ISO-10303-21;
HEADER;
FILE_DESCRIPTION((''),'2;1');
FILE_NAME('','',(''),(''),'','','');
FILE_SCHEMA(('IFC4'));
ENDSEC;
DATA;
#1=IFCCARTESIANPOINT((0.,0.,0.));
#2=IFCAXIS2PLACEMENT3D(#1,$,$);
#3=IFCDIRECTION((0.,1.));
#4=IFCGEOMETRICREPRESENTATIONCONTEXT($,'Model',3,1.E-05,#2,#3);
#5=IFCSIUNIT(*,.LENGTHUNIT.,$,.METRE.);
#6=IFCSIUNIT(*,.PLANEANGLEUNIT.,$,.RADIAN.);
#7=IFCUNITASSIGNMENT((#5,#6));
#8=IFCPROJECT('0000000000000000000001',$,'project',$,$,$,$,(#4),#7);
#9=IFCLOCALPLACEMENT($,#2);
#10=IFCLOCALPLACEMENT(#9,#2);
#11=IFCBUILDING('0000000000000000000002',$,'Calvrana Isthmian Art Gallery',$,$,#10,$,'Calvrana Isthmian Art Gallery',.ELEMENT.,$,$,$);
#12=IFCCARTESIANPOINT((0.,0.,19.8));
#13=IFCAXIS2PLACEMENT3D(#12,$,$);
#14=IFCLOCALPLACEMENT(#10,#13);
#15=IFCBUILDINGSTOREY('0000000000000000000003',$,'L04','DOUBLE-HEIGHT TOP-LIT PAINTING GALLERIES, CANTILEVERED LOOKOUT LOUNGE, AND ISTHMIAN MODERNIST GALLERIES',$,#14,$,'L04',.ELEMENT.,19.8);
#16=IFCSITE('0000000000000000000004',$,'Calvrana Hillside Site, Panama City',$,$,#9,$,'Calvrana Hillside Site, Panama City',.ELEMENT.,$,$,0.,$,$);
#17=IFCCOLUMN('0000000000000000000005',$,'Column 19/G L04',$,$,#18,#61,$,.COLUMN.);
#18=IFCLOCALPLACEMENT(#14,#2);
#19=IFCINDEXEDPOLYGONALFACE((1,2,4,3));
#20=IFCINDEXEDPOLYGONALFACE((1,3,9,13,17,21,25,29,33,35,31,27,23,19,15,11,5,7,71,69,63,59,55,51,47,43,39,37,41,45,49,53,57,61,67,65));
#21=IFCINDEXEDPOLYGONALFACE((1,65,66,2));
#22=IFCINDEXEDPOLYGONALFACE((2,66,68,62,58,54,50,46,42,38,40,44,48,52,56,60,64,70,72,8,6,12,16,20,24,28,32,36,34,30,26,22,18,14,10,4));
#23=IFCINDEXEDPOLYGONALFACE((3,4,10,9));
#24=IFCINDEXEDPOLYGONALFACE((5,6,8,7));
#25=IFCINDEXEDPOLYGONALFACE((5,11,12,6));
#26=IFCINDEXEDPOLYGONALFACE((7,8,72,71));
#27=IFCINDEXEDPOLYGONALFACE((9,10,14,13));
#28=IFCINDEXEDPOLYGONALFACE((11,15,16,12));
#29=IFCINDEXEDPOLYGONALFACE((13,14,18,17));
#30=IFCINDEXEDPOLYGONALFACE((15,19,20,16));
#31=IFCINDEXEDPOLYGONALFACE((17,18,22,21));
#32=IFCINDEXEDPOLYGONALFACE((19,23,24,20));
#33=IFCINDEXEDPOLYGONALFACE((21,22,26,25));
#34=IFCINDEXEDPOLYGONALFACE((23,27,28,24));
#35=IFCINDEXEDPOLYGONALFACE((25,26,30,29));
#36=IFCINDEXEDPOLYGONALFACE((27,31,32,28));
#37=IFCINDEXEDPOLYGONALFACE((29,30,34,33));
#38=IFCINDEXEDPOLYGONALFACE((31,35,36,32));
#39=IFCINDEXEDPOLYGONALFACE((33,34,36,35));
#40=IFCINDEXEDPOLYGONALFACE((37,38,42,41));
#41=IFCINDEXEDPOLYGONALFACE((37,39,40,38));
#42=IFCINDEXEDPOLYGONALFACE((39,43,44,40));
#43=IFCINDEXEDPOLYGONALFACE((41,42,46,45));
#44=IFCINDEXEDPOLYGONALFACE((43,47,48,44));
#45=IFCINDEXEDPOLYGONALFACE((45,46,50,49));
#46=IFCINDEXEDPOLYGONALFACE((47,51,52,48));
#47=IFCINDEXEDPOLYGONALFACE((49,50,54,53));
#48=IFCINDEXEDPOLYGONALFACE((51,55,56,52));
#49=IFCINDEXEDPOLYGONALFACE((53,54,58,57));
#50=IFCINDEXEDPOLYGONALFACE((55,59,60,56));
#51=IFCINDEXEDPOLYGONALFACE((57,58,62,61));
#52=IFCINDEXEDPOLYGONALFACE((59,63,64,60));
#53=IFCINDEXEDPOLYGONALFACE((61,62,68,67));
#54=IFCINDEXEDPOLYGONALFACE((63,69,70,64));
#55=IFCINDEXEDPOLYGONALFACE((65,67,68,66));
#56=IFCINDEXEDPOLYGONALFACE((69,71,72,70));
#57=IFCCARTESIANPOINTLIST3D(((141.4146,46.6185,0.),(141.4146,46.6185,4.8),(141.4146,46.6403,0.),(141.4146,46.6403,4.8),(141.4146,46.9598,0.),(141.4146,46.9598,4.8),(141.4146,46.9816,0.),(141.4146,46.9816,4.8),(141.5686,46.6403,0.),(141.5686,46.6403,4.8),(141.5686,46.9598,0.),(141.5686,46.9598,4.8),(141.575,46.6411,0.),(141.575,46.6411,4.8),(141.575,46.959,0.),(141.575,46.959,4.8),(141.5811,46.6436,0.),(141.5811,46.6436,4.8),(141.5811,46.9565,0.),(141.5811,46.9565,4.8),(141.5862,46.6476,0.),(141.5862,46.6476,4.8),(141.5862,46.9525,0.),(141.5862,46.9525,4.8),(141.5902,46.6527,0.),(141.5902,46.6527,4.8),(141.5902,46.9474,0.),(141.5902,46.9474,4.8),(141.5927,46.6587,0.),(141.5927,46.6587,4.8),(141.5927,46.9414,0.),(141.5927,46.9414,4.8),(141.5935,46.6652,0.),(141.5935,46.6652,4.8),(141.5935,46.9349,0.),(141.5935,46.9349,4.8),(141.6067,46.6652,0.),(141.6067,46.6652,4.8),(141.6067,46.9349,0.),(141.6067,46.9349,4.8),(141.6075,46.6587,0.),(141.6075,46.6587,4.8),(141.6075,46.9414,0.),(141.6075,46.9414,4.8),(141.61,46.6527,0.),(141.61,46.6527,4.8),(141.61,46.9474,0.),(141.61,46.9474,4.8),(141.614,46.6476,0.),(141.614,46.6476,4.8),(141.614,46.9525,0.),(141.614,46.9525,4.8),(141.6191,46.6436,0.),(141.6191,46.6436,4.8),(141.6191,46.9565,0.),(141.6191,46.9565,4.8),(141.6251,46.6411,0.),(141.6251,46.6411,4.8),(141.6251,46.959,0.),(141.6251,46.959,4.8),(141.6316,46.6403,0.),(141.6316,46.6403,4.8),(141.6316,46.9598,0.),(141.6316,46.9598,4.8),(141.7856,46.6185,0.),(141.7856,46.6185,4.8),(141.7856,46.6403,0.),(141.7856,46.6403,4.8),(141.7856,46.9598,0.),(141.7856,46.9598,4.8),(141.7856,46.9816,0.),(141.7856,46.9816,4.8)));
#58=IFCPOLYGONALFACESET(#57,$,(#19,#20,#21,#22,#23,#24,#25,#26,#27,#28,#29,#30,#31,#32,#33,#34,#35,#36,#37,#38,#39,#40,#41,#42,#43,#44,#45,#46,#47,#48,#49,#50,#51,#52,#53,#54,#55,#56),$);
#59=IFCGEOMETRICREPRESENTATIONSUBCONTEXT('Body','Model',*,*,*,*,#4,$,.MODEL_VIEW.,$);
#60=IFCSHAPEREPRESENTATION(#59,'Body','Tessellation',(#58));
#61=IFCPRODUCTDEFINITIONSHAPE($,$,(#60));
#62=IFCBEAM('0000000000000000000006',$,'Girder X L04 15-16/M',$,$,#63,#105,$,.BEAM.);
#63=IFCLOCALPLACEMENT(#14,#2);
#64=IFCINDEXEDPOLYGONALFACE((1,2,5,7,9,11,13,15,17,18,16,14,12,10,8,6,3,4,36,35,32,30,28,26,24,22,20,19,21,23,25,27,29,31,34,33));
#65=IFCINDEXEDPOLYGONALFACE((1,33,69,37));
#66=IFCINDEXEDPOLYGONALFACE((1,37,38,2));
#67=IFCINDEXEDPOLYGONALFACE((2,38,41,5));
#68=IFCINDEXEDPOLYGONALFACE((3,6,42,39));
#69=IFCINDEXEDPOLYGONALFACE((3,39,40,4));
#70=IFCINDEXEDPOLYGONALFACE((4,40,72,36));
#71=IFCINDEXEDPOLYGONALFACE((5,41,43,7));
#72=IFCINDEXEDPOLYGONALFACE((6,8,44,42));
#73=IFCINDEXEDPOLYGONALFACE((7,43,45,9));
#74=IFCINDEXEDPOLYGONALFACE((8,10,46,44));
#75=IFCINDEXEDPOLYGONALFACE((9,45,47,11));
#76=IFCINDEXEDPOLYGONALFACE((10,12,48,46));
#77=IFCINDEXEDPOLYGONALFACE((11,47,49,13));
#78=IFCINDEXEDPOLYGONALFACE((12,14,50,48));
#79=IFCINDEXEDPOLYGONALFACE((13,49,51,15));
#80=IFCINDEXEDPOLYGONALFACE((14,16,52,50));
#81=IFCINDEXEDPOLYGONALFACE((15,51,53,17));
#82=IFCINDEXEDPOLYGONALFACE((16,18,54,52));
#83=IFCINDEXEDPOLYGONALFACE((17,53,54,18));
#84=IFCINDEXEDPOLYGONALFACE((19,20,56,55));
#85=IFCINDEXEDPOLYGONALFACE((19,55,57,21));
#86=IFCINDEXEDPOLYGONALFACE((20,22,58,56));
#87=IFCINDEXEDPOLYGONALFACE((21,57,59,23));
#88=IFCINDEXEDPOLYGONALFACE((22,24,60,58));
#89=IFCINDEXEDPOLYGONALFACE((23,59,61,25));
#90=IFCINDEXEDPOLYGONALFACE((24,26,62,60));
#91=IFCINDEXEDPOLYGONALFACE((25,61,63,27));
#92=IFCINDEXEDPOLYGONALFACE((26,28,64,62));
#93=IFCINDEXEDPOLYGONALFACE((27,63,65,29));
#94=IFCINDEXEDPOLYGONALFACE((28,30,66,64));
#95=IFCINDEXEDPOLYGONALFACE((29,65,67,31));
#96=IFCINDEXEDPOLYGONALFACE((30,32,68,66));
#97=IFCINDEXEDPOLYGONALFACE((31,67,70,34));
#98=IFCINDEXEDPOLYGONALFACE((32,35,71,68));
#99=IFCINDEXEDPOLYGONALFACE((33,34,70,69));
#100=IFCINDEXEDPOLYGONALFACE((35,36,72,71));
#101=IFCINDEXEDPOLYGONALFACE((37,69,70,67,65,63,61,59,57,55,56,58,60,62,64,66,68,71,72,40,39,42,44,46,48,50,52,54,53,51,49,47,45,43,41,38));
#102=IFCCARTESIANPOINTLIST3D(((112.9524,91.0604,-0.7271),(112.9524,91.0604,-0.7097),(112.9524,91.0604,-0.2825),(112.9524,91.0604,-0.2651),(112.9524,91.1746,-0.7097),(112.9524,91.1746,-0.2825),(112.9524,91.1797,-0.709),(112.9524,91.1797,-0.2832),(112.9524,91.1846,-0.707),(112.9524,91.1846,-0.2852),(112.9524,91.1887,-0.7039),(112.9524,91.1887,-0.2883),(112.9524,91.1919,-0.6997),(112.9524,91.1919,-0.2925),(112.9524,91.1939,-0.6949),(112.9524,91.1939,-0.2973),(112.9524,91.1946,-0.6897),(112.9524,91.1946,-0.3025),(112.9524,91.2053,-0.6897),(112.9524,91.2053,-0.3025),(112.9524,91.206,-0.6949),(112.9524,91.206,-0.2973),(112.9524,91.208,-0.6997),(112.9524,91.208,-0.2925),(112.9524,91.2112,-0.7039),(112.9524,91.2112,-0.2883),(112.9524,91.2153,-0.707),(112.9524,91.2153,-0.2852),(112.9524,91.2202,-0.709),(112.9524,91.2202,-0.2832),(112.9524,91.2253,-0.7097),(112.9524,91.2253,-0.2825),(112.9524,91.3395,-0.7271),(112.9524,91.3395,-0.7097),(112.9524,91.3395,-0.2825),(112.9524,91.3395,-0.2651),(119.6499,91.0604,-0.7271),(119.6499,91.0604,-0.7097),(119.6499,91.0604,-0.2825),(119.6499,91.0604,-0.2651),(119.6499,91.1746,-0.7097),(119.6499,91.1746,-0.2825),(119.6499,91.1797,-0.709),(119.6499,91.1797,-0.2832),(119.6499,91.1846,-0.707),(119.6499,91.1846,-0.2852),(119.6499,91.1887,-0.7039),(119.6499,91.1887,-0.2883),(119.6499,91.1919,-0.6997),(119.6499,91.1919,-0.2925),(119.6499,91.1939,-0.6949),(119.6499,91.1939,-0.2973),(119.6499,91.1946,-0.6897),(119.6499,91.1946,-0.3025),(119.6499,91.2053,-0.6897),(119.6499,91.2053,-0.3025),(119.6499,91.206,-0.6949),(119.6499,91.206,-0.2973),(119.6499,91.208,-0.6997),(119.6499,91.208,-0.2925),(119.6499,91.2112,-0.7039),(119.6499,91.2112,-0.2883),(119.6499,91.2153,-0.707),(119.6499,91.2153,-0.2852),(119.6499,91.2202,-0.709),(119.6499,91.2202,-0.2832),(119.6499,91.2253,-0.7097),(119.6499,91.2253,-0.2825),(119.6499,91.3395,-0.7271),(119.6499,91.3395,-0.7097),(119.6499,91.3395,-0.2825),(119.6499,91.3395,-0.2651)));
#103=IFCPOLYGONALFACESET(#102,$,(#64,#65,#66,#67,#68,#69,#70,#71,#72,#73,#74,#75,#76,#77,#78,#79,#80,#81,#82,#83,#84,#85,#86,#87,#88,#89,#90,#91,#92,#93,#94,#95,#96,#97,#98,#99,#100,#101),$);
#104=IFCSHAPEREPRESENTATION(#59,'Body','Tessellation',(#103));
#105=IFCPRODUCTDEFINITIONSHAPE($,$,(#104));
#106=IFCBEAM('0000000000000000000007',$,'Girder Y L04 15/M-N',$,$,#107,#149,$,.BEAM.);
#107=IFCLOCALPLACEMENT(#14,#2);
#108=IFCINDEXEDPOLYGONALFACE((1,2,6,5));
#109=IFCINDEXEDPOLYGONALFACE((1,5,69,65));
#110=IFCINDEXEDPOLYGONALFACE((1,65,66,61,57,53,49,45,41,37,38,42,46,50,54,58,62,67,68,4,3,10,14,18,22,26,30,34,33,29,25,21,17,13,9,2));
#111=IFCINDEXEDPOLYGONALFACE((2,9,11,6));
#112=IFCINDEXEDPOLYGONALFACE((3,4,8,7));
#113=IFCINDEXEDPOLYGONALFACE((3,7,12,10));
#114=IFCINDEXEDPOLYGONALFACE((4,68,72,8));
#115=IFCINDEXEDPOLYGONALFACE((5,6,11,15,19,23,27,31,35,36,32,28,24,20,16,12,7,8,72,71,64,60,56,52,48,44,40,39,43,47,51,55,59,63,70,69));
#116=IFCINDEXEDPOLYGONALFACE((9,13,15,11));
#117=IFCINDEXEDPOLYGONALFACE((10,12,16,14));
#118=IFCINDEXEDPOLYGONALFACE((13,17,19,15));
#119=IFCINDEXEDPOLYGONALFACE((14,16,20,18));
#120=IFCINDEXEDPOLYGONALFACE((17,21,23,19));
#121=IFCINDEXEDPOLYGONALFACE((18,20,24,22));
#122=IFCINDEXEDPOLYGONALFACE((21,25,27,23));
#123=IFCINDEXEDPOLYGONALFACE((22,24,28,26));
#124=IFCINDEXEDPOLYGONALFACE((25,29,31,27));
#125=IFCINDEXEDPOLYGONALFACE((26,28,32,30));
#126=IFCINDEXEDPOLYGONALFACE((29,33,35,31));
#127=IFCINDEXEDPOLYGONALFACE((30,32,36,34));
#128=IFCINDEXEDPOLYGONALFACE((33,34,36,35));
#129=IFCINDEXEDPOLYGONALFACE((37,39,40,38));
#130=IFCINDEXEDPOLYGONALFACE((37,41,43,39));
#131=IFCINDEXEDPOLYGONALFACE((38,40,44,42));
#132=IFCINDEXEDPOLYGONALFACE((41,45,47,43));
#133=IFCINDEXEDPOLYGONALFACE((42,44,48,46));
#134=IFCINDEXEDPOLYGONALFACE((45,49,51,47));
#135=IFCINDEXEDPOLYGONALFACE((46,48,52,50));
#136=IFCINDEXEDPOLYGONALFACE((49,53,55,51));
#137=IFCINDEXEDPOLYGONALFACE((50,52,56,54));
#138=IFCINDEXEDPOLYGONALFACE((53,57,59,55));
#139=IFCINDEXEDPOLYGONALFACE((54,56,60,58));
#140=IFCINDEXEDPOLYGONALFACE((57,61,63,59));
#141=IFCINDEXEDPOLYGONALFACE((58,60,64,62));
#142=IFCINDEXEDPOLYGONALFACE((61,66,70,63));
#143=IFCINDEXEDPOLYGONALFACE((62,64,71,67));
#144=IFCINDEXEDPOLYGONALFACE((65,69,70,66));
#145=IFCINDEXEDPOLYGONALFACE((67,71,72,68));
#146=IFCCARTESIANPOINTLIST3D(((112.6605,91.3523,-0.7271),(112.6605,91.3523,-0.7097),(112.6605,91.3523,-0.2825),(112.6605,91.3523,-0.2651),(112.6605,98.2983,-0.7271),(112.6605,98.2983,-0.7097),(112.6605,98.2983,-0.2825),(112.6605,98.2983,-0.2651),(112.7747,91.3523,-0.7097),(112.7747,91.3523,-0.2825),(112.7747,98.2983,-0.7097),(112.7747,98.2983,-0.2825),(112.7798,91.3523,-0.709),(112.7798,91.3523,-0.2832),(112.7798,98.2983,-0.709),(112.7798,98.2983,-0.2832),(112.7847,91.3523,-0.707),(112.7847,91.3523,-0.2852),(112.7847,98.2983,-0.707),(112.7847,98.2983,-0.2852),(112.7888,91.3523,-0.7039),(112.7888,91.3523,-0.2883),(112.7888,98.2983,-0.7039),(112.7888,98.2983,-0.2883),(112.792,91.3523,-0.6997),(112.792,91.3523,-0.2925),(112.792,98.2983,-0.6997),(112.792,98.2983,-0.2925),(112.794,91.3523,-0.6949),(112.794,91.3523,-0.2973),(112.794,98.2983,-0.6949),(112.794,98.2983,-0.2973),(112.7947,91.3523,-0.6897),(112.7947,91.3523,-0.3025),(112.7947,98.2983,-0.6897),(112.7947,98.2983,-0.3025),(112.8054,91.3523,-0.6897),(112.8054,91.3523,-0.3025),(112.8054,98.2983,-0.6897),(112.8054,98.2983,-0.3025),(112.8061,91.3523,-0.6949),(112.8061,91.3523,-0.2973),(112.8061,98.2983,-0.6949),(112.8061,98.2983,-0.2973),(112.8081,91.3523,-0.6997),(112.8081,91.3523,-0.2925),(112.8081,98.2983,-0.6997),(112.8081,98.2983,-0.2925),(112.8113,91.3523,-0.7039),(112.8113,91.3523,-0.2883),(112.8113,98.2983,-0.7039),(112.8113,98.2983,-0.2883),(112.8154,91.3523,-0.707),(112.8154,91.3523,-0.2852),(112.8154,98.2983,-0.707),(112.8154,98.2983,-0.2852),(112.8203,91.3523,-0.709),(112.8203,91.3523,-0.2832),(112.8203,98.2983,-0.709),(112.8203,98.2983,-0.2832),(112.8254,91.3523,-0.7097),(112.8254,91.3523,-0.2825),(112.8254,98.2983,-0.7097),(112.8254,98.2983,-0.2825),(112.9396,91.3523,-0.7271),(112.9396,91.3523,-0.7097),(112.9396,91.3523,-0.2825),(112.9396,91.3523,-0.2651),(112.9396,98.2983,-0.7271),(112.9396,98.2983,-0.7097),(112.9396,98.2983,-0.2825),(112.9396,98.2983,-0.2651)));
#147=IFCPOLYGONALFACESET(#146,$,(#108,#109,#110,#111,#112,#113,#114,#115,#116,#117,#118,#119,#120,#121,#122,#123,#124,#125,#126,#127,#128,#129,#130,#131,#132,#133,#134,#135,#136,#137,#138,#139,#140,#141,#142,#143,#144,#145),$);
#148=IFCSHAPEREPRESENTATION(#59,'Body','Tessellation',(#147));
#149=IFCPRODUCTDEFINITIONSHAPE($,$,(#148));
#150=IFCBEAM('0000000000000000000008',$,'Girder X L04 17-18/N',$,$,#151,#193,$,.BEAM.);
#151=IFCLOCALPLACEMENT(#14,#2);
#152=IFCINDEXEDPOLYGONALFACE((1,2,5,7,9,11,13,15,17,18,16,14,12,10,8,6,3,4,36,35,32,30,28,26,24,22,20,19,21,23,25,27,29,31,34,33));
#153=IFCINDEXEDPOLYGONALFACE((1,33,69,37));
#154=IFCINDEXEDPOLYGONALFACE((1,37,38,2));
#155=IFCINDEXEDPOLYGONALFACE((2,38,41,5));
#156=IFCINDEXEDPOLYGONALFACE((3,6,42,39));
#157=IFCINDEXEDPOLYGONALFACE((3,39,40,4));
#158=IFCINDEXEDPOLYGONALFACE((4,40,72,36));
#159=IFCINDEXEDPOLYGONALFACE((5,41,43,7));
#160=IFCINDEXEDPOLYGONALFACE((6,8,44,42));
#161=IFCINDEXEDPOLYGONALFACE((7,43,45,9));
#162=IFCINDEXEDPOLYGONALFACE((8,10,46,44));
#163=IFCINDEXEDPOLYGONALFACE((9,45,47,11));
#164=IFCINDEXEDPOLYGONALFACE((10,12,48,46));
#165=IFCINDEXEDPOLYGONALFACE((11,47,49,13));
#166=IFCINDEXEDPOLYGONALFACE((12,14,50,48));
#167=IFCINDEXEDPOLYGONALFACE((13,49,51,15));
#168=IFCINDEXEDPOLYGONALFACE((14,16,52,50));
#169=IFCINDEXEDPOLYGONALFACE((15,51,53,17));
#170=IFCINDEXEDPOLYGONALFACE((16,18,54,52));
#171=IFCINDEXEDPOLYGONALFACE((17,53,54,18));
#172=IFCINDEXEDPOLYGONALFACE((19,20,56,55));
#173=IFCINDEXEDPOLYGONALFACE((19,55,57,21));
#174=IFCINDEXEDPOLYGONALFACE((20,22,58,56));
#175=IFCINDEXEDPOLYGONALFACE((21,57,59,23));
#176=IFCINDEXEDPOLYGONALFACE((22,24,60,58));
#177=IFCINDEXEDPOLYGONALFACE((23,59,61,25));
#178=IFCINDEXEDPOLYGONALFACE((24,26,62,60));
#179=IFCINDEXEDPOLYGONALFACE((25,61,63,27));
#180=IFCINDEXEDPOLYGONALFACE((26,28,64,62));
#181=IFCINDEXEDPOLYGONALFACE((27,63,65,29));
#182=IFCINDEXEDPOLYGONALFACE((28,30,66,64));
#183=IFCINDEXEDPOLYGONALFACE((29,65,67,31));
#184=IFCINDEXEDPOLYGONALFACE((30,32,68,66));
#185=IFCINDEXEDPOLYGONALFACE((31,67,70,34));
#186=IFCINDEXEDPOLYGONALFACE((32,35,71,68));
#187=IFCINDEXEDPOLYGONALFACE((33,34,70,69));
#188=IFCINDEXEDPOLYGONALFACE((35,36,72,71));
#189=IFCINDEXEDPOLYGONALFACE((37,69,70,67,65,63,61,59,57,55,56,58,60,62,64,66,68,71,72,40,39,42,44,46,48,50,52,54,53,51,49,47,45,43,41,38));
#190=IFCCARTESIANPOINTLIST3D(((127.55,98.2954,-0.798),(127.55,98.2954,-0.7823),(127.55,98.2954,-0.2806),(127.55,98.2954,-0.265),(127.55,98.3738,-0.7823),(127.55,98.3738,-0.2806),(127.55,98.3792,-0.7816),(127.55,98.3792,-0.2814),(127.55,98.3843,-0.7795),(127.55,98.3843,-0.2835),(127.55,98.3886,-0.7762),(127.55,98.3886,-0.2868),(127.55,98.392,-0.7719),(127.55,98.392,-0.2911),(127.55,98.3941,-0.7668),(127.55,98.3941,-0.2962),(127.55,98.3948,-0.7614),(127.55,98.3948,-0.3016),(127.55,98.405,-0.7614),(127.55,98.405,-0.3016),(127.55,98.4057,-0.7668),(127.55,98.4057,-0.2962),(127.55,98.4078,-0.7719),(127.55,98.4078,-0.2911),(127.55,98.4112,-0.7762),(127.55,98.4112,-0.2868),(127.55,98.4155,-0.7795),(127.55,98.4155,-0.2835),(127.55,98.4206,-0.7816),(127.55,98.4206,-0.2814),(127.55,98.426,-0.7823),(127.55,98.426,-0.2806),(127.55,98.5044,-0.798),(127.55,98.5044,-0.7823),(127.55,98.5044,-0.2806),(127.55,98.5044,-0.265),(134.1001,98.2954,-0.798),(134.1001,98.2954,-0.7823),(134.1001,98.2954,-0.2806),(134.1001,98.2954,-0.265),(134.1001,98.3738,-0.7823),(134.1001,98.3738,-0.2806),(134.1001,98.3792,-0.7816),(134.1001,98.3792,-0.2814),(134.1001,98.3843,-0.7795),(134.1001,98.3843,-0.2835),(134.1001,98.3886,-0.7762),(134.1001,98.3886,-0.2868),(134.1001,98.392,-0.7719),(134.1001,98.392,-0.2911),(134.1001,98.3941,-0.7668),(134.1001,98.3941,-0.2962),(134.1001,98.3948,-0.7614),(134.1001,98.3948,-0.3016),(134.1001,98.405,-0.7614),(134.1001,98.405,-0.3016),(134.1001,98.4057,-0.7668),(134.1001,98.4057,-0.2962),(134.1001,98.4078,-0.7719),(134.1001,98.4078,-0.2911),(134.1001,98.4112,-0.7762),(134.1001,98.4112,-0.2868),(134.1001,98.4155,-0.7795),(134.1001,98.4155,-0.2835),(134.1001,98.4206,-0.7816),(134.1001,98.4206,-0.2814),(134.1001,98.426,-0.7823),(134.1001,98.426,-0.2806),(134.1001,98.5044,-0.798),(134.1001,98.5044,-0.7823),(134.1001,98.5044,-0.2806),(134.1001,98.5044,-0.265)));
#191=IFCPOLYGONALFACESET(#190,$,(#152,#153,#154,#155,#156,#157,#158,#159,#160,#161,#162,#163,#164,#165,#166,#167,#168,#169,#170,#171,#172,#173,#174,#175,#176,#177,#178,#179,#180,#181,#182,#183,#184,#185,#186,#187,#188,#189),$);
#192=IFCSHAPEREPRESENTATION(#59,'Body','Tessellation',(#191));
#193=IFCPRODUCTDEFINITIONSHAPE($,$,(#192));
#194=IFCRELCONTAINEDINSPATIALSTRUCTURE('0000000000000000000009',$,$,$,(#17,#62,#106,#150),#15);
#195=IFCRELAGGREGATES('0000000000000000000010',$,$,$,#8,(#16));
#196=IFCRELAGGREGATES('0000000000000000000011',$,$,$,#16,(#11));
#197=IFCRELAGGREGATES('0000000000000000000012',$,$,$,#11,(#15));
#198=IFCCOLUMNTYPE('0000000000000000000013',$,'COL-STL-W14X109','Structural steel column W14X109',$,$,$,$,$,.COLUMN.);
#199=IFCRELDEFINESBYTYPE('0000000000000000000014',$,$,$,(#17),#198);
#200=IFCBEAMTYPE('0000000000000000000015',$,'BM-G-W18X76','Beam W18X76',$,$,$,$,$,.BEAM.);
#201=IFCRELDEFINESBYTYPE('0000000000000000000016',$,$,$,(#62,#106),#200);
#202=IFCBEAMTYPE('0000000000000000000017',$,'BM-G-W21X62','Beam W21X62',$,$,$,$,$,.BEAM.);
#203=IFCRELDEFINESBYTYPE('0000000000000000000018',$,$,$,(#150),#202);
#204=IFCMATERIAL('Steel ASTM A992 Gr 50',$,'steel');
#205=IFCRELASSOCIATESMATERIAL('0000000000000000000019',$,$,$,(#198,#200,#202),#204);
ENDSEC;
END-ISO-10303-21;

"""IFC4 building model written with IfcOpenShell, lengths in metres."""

from ifc_helpers import new_model, si_unit, direction, frame, origin, origin_2d, place, context, subcontext, project, spatial, i_section, extrude, material, material_profile, profile_set, type_object, element, save


model = new_model("IFC4")

# Units and contexts
model_context = context("Model", 3, precision=1e-05, world=origin(), true_north=direction((0.0, 1.0)))
body_context = subcontext(model_context, "Body", "Model", "MODEL_VIEW")
ifc_project = project(units=[si_unit("LENGTHUNIT", "METRE"), si_unit("PLANEANGLEUNIT", "RADIAN")], contexts=[model_context])

# Site, building, storey
site_placement = place(None, origin())
site = spatial("IfcSite", under=ifc_project, at=site_placement, Name="Calvrana Hillside Site, Panama City", LongName="Calvrana Hillside Site, Panama City", CompositionType="ELEMENT", RefElevation=0.0)
building_placement = place(site_placement, origin())
building = spatial("IfcBuilding", under=site, at=building_placement, Name="Calvrana Isthmian Art Gallery", LongName="Calvrana Isthmian Art Gallery", CompositionType="ELEMENT")
storey_placement = place(building_placement, frame((0.0, 0.0, 19.8)))
storey = spatial("IfcBuildingStorey", under=building, at=storey_placement, Name="L04", Description="DOUBLE-HEIGHT TOP-LIT PAINTING GALLERIES, CANTILEVERED LOOKOUT LOUNGE, AND ISTHMIAN MODERNIST GALLERIES", LongName="L04", CompositionType="ELEMENT", Elevation=19.8)

# Column
ifc_material_1 = material(Name="Steel ASTM A992 Gr 50", Category="steel")
ifc_material_profile_1 = material_profile(ifc_material_1, i_section(OverallWidth=0.3711, OverallDepth=0.363, WebThickness=0.0132, FlangeThickness=0.0217, FilletRadius=0.0249, at=origin_2d()), Name="W14X109")
ifc_profile_set_1 = profile_set([ifc_material_profile_1], Name="Steel ASTM A992 Gr 50")
column_type = type_object("IfcColumnType", Name="COL-STL-W14X109", Description="Structural steel column W14X109", PredefinedType="COLUMN", material=ifc_profile_set_1)
column_placement = place(storey_placement, frame((141.6001, 46.8, 0.0), z_axis=(0.0, 0.0, 1.0), x_axis=(1.0, 0.0, 0.0)))
element("IfcColumn", 1, at=column_placement, inside=storey, type_object=column_type, Name="Column 19/G L04", PredefinedType="COLUMN", context=body_context, shape_type="SweptSolid", body=[
    extrude(i_section(OverallWidth=0.3711, OverallDepth=0.363, WebThickness=0.0132, FlangeThickness=0.0217, FilletRadius=0.0249, at=origin_2d()), origin(), (0.0, 0.0, 1.0), 4.8),
])

# Beams
ifc_material_profile_2 = material_profile(ifc_material_1, i_section(OverallWidth=0.2791, OverallDepth=0.4619, WebThickness=0.0107, FlangeThickness=0.0173, FilletRadius=0.02, at=origin_2d()), Name="W18X76")
ifc_profile_set_2 = profile_set([ifc_material_profile_2], Name="Steel ASTM A992 Gr 50")
beam_type_1 = type_object("IfcBeamType", Name="BM-G-W18X76", Description="Beam W18X76", PredefinedType="BEAM", material=ifc_profile_set_2)
beam_1_placement = place(storey_placement, frame((112.9524, 91.2, -0.4961), z_axis=(1.0, 0.0, 0.0), x_axis=(0.0, 1.0, 0.0)))
element("IfcBeam", 2, at=beam_1_placement, inside=storey, type_object=beam_type_1, Name="Girder X L04 15-16/M", PredefinedType="BEAM", context=body_context, shape_type="SweptSolid", body=[
    extrude(i_section(OverallWidth=0.2791, OverallDepth=0.4619, WebThickness=0.0107, FlangeThickness=0.0173, FilletRadius=0.02, at=origin_2d()), origin(), (0.0, 0.0, 1.0), 6.6975),
])
beam_2_placement = place(storey_placement, frame((112.8, 91.3523, -0.4961), z_axis=(0.0, 1.0, 0.0), x_axis=(-1.0, 0.0, 0.0)))
element("IfcBeam", 3, at=beam_2_placement, inside=storey, type_object=beam_type_1, Name="Girder Y L04 15/M-N", PredefinedType="BEAM", context=body_context, shape_type="SweptSolid", body=[
    extrude(i_section(OverallWidth=0.2791, OverallDepth=0.4619, WebThickness=0.0107, FlangeThickness=0.0173, FilletRadius=0.02, at=origin_2d()), origin(), (0.0, 0.0, 1.0), 6.946),
])
ifc_material_profile_3 = material_profile(ifc_material_1, i_section(OverallWidth=0.209, OverallDepth=0.533, WebThickness=0.0103, FlangeThickness=0.0156, FilletRadius=0.021, at=origin_2d()), Name="W21X62")
ifc_profile_set_3 = profile_set([ifc_material_profile_3], Name="Steel ASTM A992 Gr 50")
beam_type_2 = type_object("IfcBeamType", Name="BM-G-W21X62", Description="Beam W21X62", PredefinedType="BEAM", material=ifc_profile_set_3)
for number, where, z_axis, x_axis, name in (
    (4, (127.55, 98.3999, -0.5315), (1.0, 0.0, 0.0), (0.0, 1.0, 0.0), "Girder X L04 17-18/N"),
):
    element("IfcBeam", number, at=place(storey_placement, frame(where, z_axis=z_axis, x_axis=x_axis)), inside=storey, type_object=beam_type_2, Name=name, PredefinedType="BEAM", context=body_context, shape_type="SweptSolid", body=[
        extrude(i_section(OverallWidth=0.209, OverallDepth=0.533, WebThickness=0.0103, FlangeThickness=0.0156, FilletRadius=0.021, at=origin_2d()), origin(), (0.0, 0.0, 1.0), 6.55),
    ])

save(model, "model.ifc")
